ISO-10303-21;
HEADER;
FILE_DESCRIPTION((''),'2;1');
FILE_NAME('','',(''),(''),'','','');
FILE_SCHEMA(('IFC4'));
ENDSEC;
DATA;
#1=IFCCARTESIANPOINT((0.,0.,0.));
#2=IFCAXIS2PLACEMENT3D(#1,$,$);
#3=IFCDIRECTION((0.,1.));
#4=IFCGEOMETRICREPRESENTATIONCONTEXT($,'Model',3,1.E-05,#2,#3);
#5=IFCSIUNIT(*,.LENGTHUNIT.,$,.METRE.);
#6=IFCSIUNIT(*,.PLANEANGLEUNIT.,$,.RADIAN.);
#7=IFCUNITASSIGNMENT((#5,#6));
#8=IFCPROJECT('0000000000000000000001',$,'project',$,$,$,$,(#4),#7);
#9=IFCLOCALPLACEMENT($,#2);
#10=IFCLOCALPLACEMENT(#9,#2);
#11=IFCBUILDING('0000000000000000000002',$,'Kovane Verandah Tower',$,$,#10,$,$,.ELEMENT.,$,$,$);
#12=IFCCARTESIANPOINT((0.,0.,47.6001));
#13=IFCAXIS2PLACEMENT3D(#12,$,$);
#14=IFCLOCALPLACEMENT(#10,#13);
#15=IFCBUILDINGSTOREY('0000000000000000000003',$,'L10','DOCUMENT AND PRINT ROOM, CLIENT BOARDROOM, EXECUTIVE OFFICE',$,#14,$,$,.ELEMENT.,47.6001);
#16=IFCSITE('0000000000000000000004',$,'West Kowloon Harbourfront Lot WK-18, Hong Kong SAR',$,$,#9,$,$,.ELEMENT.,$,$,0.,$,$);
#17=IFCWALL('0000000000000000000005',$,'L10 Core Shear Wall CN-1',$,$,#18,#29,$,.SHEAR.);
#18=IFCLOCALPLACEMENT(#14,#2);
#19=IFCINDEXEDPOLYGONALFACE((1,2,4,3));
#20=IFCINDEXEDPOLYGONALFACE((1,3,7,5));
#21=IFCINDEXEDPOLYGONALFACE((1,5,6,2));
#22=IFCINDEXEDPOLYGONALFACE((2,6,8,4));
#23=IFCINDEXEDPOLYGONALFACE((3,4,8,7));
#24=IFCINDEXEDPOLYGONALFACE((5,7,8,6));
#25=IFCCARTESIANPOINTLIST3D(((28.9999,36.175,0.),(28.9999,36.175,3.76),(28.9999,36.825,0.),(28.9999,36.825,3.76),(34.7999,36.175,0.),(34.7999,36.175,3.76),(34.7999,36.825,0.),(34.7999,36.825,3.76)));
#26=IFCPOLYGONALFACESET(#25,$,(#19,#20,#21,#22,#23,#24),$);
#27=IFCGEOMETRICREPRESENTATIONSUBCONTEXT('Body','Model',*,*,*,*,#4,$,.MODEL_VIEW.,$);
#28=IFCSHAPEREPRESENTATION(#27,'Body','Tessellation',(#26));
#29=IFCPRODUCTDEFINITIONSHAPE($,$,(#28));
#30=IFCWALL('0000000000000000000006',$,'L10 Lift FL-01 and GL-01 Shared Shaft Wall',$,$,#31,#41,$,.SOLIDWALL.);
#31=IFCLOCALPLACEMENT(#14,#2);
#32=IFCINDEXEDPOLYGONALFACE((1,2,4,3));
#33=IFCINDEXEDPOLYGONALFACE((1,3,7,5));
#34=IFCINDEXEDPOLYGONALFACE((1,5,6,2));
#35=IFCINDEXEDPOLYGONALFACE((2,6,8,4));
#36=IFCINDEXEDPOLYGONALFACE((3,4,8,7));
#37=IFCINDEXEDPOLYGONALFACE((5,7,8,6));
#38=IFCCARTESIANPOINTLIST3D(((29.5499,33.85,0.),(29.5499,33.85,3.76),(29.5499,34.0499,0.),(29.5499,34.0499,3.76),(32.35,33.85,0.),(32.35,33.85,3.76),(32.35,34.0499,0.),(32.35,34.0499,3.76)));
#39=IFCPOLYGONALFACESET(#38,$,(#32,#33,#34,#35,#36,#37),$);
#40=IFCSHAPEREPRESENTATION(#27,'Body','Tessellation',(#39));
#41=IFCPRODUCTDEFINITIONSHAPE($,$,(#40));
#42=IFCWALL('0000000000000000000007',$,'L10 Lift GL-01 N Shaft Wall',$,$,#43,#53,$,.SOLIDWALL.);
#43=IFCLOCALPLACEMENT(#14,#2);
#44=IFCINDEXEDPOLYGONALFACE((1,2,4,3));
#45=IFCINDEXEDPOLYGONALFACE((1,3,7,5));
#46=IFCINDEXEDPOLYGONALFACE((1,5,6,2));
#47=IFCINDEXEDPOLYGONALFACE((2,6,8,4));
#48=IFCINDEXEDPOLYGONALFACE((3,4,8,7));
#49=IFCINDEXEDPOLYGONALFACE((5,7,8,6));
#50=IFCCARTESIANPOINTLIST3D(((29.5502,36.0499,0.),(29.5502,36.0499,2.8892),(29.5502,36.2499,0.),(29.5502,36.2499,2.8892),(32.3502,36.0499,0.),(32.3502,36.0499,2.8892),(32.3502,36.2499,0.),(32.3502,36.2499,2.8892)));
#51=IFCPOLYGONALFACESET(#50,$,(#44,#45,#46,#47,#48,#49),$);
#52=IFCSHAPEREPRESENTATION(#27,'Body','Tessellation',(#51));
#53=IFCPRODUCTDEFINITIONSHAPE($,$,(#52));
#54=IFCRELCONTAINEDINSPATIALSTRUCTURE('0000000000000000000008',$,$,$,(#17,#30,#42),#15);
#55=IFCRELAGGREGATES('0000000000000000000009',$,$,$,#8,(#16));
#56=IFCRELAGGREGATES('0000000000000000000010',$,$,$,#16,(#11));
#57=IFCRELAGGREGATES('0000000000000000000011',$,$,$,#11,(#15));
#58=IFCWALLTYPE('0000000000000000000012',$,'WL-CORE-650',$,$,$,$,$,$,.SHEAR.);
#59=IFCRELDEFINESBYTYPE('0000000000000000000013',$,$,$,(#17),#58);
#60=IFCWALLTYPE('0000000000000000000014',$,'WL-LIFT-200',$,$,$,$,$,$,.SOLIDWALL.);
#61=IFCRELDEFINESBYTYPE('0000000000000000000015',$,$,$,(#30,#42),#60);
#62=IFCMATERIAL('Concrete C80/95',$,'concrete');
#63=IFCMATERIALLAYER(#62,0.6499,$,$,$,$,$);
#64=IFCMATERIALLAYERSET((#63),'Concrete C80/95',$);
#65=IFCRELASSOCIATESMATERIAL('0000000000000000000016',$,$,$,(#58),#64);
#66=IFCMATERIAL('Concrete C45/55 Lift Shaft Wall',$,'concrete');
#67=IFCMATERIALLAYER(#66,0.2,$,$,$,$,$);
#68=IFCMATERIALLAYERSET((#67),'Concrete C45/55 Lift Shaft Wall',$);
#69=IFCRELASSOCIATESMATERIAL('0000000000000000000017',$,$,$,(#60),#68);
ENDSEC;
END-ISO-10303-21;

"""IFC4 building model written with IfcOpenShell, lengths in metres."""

from ifc_helpers import new_model, si_unit, direction, frame, frame_2d, origin, place, context, subcontext, project, spatial, rectangle, extrude, material, layer, layer_set, type_object, element, save


model = new_model("IFC4")

# Units and contexts
model_context = context("Model", 3, precision=1e-05, world=origin(), true_north=direction((0.0, 1.0)))
body_context = subcontext(model_context, "Body", "Model", "MODEL_VIEW")
ifc_project = project(units=[si_unit("LENGTHUNIT", "METRE"), si_unit("PLANEANGLEUNIT", "RADIAN")], contexts=[model_context])

# Site, building, storey
site_placement = place(None, origin())
site = spatial("IfcSite", under=ifc_project, at=site_placement, Name="West Kowloon Harbourfront Lot WK-18, Hong Kong SAR", CompositionType="ELEMENT", RefElevation=0.0)
building_placement = place(site_placement, origin())
building = spatial("IfcBuilding", under=site, at=building_placement, Name="Kovane Verandah Tower", CompositionType="ELEMENT")
storey_placement = place(building_placement, frame((0.0, 0.0, 47.6001)))
storey = spatial("IfcBuildingStorey", under=building, at=storey_placement, Name="L10", Description="DOCUMENT AND PRINT ROOM, CLIENT BOARDROOM, EXECUTIVE OFFICE", CompositionType="ELEMENT", Elevation=47.6001)

# Shared definitions
ifc_material_1 = material(Name="Concrete C80/95", Category="concrete")

# Walls
ifc_layer_1 = layer(ifc_material_1, 0.6499)
ifc_layer_set_1 = layer_set([ifc_layer_1], Name="Concrete C80/95")
wall_type_1 = type_object("IfcWallType", Name="WL-CORE-650", PredefinedType="SHEAR", material=ifc_layer_set_1)
wall_1_placement = place(storey_placement, frame((29.0, 36.5, 0.0), z_axis=(0.0, 0.0, 1.0), x_axis=(1.0, 0.0, 0.0)))
element("IfcWall", 1, at=wall_1_placement, inside=storey, type_object=wall_type_1, Name="L10 Core Shear Wall CN-1", PredefinedType="SHEAR", context=body_context, shape_type="SweptSolid", body=[
    extrude(rectangle(XDim=5.8, YDim=0.6499, at=frame_2d((2.8999, 0.0))), origin(), (0.0, 0.0, 1.0), 3.76),
])
ifc_material_2 = material(Name="Concrete C45/55 Lift Shaft Wall", Category="concrete")
ifc_layer_2 = layer(ifc_material_2, 0.2)
ifc_layer_set_2 = layer_set([ifc_layer_2], Name="Concrete C45/55 Lift Shaft Wall")
wall_type_2 = type_object("IfcWallType", Name="WL-LIFT-200", PredefinedType="SOLIDWALL", material=ifc_layer_set_2)
wall_2_placement = place(storey_placement, frame((29.55, 33.95, 0.0), z_axis=(0.0, 0.0, 1.0), x_axis=(1.0, 0.0, 0.0)))
element("IfcWall", 2, at=wall_2_placement, inside=storey, type_object=wall_type_2, Name="L10 Lift FL-01 and GL-01 Shared Shaft Wall", PredefinedType="SOLIDWALL", context=body_context, shape_type="SweptSolid", body=[
    extrude(rectangle(XDim=2.8, YDim=0.2, at=frame_2d((1.3999, 0.0))), origin(), (0.0, 0.0, 1.0), 3.76),
])
wall_3_placement = place(storey_placement, frame((32.3501, 36.1499, 0.0), z_axis=(0.0, 0.0, 1.0), x_axis=(-1.0, 0.0, 0.0)))
element("IfcWall", 3, at=wall_3_placement, inside=storey, type_object=wall_type_2, Name="L10 Lift GL-01 N Shaft Wall", PredefinedType="SOLIDWALL", context=body_context, shape_type="SweptSolid", body=[
    extrude(rectangle(XDim=2.8, YDim=0.2, at=frame_2d((1.3999, 0.0))), origin(), (0.0, 0.0, 1.0), 2.8892),
])

save(model, "model.ifc")
